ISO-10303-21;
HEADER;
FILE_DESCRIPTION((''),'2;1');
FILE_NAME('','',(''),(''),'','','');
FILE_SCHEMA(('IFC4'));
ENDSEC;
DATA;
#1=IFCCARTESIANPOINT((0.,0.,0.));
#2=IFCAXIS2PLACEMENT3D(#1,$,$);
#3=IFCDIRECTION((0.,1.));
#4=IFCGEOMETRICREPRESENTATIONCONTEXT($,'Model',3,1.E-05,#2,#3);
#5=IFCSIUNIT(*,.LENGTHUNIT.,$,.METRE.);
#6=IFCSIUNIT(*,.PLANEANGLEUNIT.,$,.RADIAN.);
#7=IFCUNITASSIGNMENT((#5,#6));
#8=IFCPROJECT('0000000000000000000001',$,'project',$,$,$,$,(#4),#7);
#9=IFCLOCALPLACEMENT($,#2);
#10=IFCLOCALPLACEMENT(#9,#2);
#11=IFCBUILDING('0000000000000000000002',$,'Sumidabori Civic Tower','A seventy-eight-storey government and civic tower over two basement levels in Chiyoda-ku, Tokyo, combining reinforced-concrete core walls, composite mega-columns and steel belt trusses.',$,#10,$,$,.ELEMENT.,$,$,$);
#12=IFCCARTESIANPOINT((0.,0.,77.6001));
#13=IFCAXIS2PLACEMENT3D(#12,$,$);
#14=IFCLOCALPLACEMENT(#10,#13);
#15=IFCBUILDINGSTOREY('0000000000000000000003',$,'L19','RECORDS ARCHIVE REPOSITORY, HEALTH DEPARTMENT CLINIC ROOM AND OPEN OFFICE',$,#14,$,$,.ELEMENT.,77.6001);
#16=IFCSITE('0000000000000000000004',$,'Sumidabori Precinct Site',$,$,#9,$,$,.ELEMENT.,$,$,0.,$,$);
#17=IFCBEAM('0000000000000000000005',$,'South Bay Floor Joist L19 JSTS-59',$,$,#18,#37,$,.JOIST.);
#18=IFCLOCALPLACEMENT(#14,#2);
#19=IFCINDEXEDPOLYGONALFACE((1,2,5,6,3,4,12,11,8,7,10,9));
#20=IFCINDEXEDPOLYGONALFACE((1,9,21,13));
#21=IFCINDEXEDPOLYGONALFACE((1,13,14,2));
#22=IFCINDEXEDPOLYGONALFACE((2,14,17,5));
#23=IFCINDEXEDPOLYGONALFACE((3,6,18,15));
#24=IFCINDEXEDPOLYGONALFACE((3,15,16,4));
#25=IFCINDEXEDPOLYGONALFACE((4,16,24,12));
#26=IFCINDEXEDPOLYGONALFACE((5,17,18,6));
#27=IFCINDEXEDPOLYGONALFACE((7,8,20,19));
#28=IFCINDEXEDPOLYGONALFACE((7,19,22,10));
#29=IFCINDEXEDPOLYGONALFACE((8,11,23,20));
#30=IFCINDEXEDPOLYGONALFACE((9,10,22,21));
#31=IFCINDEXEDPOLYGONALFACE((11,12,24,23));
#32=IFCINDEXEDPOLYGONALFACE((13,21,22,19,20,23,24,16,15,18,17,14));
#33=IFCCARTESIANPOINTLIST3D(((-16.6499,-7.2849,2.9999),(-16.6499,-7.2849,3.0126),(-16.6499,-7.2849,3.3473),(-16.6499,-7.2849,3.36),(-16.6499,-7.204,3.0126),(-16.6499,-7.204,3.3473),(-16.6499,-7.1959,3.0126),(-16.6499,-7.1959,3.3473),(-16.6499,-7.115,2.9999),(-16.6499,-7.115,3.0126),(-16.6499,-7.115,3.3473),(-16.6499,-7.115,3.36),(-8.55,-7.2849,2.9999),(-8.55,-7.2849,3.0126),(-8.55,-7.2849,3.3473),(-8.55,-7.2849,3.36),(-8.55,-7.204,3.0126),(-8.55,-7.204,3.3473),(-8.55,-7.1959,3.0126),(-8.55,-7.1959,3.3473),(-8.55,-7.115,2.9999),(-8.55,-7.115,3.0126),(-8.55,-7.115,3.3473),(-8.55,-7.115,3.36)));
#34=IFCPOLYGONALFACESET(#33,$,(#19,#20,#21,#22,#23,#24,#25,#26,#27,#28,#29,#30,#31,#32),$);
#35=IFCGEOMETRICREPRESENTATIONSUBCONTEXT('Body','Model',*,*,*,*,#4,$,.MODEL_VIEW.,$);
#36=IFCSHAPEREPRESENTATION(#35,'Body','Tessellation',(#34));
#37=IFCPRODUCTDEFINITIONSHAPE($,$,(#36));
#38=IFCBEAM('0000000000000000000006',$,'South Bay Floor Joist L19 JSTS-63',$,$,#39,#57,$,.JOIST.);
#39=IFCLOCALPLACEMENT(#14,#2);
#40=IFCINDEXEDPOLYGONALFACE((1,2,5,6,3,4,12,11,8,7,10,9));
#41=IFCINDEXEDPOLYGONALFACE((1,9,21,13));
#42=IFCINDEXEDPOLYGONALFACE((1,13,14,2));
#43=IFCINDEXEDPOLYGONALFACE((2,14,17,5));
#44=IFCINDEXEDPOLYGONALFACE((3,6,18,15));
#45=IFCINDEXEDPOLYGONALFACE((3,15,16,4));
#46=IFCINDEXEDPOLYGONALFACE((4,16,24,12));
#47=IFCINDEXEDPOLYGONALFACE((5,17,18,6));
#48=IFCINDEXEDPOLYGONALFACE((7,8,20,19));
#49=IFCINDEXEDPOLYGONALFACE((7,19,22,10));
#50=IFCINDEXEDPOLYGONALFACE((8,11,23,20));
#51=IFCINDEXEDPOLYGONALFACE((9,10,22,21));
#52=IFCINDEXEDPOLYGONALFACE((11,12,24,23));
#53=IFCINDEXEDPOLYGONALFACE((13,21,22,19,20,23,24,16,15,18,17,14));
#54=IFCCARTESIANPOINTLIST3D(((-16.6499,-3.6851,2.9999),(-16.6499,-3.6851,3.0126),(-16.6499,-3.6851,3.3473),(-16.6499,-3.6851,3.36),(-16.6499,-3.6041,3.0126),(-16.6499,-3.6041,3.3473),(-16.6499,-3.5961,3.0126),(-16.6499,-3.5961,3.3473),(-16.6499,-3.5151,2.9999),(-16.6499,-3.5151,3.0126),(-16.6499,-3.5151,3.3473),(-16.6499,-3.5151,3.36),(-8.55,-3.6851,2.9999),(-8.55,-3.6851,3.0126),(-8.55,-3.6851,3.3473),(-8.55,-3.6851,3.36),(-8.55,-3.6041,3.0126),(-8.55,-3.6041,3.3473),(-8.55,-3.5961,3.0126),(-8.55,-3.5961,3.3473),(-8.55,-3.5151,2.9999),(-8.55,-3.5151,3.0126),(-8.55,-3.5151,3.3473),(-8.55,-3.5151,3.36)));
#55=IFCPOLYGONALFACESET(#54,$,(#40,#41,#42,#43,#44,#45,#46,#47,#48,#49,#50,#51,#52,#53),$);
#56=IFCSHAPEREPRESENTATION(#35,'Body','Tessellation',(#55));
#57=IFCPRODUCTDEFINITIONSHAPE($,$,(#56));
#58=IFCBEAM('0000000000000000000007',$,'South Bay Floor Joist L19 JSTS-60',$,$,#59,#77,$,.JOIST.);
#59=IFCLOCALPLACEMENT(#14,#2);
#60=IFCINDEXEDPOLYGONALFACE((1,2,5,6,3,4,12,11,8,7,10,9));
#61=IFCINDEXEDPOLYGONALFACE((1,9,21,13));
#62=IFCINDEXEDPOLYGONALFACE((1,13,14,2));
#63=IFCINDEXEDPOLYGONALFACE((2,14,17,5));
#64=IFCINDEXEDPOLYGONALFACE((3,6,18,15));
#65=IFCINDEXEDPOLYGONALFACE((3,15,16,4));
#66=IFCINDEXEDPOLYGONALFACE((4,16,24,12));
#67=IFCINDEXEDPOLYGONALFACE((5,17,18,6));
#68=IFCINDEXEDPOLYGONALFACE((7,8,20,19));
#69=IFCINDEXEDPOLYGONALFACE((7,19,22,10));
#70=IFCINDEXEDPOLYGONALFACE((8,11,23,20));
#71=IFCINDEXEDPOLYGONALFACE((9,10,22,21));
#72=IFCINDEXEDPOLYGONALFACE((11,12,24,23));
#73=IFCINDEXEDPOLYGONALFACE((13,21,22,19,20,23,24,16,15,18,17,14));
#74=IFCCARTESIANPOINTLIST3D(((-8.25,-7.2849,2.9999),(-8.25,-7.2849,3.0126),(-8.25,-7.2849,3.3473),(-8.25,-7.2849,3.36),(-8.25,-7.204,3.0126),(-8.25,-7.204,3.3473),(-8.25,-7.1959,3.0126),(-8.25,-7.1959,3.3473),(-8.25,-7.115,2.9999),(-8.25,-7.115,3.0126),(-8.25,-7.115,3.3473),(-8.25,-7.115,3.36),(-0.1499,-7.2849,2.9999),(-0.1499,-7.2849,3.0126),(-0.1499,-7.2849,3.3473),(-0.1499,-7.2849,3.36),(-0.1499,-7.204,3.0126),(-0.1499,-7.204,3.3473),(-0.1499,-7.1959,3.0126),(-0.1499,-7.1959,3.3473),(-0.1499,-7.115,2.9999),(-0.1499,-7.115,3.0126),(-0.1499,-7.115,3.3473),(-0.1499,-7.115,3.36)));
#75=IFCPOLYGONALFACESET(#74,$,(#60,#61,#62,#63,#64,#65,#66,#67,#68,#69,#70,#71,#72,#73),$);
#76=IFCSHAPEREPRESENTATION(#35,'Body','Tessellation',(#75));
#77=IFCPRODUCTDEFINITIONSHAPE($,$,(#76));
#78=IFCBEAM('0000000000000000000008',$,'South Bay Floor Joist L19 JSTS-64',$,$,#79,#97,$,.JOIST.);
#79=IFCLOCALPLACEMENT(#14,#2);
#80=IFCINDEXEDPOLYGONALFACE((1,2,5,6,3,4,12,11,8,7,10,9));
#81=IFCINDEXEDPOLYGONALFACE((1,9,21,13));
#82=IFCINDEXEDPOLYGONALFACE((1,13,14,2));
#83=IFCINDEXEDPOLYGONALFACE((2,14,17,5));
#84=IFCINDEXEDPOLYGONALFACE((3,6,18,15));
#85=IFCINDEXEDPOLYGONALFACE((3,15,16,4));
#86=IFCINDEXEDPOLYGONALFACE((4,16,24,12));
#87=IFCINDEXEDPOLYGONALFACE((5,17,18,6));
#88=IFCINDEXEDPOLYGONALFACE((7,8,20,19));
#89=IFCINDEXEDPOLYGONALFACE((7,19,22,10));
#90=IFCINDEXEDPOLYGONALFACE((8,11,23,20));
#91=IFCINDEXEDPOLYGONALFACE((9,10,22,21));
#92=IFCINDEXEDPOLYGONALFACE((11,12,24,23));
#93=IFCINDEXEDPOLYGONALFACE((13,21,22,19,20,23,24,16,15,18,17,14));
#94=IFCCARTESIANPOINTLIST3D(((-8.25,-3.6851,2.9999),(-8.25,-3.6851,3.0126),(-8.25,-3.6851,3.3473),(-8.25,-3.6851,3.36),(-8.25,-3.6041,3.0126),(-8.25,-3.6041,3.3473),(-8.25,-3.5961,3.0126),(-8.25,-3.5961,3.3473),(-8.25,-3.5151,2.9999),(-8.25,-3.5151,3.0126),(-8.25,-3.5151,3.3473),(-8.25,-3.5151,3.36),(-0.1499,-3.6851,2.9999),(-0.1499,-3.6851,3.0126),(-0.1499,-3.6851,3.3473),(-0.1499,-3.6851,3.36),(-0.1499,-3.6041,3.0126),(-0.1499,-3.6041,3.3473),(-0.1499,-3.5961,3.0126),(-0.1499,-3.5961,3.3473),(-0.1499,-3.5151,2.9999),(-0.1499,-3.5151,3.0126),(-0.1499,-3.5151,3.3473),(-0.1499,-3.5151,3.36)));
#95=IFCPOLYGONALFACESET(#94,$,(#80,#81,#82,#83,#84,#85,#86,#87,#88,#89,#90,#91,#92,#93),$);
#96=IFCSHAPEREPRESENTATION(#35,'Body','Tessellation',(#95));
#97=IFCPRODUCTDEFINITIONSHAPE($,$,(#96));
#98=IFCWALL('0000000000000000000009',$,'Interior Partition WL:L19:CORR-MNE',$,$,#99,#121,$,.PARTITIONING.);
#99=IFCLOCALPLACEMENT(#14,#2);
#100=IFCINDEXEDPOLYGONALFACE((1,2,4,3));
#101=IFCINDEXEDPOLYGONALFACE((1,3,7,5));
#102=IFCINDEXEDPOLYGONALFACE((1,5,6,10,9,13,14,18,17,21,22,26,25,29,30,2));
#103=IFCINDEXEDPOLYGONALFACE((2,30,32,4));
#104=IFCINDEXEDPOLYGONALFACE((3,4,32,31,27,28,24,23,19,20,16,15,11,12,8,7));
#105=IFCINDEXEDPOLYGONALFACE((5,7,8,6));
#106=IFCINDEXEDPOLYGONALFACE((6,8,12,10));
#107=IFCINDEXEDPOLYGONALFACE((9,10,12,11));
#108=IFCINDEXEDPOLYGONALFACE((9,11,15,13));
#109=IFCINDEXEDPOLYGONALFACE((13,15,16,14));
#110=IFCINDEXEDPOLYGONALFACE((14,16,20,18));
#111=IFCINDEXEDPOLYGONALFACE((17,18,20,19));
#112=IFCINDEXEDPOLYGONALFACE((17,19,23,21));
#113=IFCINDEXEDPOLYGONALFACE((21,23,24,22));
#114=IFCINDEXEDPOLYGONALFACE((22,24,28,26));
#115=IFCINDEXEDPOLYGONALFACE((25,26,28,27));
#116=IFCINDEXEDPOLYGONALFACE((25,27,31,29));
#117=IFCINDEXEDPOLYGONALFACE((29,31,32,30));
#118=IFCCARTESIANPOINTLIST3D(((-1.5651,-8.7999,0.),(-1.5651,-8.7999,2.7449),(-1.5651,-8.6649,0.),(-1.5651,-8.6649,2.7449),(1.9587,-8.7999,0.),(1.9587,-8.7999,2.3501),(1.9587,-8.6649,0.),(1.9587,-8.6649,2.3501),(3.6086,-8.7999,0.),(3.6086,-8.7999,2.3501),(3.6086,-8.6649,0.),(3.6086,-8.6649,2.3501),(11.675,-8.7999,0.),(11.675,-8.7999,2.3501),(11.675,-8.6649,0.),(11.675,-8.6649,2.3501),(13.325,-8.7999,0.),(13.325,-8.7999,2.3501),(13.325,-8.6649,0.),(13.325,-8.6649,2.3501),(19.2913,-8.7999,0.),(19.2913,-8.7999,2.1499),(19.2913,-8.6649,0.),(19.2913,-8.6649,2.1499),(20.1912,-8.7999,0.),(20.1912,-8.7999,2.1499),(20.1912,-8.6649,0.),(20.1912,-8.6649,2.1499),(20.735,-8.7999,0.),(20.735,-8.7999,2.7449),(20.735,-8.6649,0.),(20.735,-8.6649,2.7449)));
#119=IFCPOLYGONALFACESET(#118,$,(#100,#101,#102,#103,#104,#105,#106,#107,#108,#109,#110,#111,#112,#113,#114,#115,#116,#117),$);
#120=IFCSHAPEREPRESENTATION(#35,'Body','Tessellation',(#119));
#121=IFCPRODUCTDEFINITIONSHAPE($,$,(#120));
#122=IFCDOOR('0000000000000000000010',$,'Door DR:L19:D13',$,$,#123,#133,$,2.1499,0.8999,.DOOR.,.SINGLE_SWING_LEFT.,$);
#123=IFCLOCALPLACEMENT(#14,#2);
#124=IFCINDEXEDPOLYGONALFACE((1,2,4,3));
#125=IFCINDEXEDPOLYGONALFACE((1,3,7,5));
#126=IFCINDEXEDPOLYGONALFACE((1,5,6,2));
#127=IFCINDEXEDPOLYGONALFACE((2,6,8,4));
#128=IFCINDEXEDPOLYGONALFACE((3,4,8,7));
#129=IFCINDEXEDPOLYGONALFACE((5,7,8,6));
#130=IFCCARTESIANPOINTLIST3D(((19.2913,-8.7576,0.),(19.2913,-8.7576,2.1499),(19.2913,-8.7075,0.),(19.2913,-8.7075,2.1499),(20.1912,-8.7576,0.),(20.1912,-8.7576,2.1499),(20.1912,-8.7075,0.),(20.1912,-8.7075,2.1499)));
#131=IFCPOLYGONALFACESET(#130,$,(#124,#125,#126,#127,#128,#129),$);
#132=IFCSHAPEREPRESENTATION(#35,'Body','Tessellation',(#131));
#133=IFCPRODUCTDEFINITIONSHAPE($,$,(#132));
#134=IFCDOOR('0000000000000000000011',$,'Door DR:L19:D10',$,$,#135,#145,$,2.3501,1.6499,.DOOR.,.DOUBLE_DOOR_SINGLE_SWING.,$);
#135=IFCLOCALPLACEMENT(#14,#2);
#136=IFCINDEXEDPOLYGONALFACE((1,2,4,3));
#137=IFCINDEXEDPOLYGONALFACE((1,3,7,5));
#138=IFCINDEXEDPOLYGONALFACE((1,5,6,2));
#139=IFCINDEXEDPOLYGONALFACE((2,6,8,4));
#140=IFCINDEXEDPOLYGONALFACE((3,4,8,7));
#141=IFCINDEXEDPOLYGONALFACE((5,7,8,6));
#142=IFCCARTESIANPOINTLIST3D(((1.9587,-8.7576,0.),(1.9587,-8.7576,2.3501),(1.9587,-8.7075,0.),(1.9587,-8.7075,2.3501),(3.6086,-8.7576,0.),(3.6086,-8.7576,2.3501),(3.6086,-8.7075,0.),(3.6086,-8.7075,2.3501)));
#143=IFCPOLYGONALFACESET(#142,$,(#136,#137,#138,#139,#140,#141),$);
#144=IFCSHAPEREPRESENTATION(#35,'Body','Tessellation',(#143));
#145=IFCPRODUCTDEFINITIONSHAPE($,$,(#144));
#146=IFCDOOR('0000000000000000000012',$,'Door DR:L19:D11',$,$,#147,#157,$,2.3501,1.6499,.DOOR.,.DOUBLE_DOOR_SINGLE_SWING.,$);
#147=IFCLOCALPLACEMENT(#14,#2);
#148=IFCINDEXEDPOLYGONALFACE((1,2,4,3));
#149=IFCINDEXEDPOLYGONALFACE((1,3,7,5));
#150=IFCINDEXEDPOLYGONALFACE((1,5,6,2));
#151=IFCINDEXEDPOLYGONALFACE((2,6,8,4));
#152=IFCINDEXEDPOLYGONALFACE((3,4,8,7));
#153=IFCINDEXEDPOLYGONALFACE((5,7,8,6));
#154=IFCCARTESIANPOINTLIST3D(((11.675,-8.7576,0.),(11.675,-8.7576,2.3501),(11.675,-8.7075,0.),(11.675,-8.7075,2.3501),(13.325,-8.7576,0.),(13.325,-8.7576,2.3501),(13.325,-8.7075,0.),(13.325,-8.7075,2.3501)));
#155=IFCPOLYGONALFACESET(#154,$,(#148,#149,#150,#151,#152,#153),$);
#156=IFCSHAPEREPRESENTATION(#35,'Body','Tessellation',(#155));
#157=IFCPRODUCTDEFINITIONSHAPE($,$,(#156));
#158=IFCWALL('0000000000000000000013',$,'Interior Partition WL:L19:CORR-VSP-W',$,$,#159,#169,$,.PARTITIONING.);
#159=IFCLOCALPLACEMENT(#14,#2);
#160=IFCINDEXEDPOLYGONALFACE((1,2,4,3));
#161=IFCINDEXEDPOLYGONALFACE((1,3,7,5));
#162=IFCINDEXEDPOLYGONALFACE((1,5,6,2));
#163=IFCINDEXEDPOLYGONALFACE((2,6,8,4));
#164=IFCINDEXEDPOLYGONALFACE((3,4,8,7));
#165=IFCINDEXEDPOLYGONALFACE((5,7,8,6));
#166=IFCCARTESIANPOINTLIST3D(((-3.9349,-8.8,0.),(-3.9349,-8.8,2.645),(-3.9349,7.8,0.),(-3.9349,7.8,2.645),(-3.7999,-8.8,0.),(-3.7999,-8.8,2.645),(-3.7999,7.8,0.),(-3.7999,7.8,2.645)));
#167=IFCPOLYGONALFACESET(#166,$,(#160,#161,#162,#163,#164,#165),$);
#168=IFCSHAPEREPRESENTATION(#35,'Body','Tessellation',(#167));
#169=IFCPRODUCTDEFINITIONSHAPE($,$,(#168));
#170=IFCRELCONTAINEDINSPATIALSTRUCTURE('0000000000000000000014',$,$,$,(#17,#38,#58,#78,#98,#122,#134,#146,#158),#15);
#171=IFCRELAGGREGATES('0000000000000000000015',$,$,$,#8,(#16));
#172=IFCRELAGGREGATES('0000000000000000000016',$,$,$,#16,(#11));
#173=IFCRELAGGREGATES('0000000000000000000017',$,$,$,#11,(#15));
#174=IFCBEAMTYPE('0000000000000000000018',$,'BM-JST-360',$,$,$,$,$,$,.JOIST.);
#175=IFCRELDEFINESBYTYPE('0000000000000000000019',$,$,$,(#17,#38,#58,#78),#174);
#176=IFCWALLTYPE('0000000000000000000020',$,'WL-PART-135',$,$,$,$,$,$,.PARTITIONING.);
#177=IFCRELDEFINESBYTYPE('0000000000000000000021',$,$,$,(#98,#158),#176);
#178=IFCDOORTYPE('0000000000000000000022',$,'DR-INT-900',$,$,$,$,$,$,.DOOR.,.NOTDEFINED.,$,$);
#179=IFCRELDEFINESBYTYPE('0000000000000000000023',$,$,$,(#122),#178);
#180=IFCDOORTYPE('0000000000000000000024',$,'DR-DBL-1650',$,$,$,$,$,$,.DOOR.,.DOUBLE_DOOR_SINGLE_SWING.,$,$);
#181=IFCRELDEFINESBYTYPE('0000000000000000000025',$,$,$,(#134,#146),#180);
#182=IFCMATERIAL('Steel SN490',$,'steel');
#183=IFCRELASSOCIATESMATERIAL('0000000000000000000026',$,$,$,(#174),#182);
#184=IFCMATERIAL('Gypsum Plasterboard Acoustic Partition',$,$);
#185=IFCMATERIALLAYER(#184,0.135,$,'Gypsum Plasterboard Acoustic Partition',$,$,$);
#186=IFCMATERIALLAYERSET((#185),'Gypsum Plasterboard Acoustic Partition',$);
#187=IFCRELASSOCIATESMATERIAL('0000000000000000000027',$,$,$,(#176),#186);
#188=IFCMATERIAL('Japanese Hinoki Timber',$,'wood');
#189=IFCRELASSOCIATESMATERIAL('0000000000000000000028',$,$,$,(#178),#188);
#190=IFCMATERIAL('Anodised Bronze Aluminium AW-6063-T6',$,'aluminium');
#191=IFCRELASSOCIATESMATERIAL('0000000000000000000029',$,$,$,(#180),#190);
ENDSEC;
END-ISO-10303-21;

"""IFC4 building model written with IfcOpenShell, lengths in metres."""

from ifc_helpers import new_model, si_unit, direction, frame, frame_2d, origin, origin_2d, place, context, subcontext, project, spatial, rectangle, i_section, extrude, source, transform, mapped, material, layer, layer_set, material_profile, profile_set, type_object, element, fill, save


model = new_model("IFC4")

# Units and contexts
model_context = context("Model", 3, precision=1e-05, world=origin(), true_north=direction((0.0, 1.0)))
body_context = subcontext(model_context, "Body", "Model", "MODEL_VIEW")
ifc_project = project(units=[si_unit("LENGTHUNIT", "METRE"), si_unit("PLANEANGLEUNIT", "RADIAN")], contexts=[model_context])

# Site, building, storey
site_placement = place(None, origin())
site = spatial("IfcSite", under=ifc_project, at=site_placement, Name="Sumidabori Precinct Site", CompositionType="ELEMENT", RefElevation=0.0)
building_placement = place(site_placement, origin())
building = spatial("IfcBuilding", under=site, at=building_placement, Name="Sumidabori Civic Tower", Description="A seventy-eight-storey government and civic tower over two basement levels in Chiyoda-ku, Tokyo, combining reinforced-concrete core walls, composite mega-columns and steel belt trusses.", CompositionType="ELEMENT")
storey_placement = place(building_placement, frame((0.0, 0.0, 77.6001)))
storey = spatial("IfcBuildingStorey", under=building, at=storey_placement, Name="L19", Description="RECORDS ARCHIVE REPOSITORY, HEALTH DEPARTMENT CLINIC ROOM AND OPEN OFFICE", CompositionType="ELEMENT", Elevation=77.6001)

# Beams
ifc_material_1 = material(Name="Steel SN490", Category="steel")
ifc_material_profile_1 = material_profile(ifc_material_1, i_section(OverallWidth=0.1699, OverallDepth=0.3601, WebThickness=0.0081, FlangeThickness=0.0127, at=origin_2d()), Name="IPE 360")
ifc_profile_set_1 = profile_set([ifc_material_profile_1], Name="Steel SN490")
beam_type_1 = type_object("IfcBeamType", Name="BM-JST-360", PredefinedType="JOIST", material=ifc_profile_set_1)
shared_shape_1 = source(origin(), body_context, "Body", "SweptSolid", [
    extrude(i_section(OverallWidth=0.1699, OverallDepth=0.3601, WebThickness=0.0081, FlangeThickness=0.0127, at=origin_2d()), origin(), (0.0, 0.0, 1.0), 8.0999),
])
for number, where, z_axis, x_axis, name in (
    (1, (-16.6499, -7.2, 3.1799), (1.0, 0.0, 0.0), (0.0, 1.0, 0.0), "South Bay Floor Joist L19 JSTS-59"),
    (2, (-16.6499, -3.6001, 3.1799), (1.0, 0.0, 0.0), (0.0, 1.0, 0.0), "South Bay Floor Joist L19 JSTS-63"),
):
    element("IfcBeam", number, at=place(storey_placement, frame(where, z_axis=z_axis, x_axis=x_axis)), inside=storey, type_object=beam_type_1, Name=name, PredefinedType="JOIST", context=body_context, shape_type="MappedRepresentation", body=[
        mapped(shared_shape_1, transform((0.0, 0.0, 0.0), x_axis=(1.0, 0.0, 0.0), y_axis=(0.0, 1.0, 0.0), z_axis=(0.0, 0.0, 1.0), scale=1.0)),
    ])
shared_shape_2 = source(origin(), body_context, "Body", "SweptSolid", [
    extrude(i_section(OverallWidth=0.1699, OverallDepth=0.3601, WebThickness=0.0081, FlangeThickness=0.0127, at=origin_2d()), origin(), (0.0, 0.0, 1.0), 8.1001),
])
for number, where, z_axis, x_axis, name in (
    (3, (-8.25, -7.2, 3.1799), (1.0, 0.0, 0.0), (0.0, 1.0, 0.0), "South Bay Floor Joist L19 JSTS-60"),
    (4, (-8.25, -3.6001, 3.1799), (1.0, 0.0, 0.0), (0.0, 1.0, 0.0), "South Bay Floor Joist L19 JSTS-64"),
):
    element("IfcBeam", number, at=place(storey_placement, frame(where, z_axis=z_axis, x_axis=x_axis)), inside=storey, type_object=beam_type_1, Name=name, PredefinedType="JOIST", context=body_context, shape_type="MappedRepresentation", body=[
        mapped(shared_shape_2, transform((0.0, 0.0, 0.0), x_axis=(1.0, 0.0, 0.0), y_axis=(0.0, 1.0, 0.0), z_axis=(0.0, 0.0, 1.0), scale=1.0)),
    ])

# Wall, openings, doors
ifc_material_2 = material(Name="Gypsum Plasterboard Acoustic Partition")
ifc_layer = layer(ifc_material_2, 0.135, Name="Gypsum Plasterboard Acoustic Partition")
ifc_layer_set = layer_set([ifc_layer], Name="Gypsum Plasterboard Acoustic Partition")
wall_type = type_object("IfcWallType", Name="WL-PART-135", PredefinedType="PARTITIONING", material=ifc_layer_set)
shared_shape_3 = source(origin(), body_context, "Body", "SweptSolid", [
    extrude(rectangle(XDim=22.3, YDim=0.135, at=frame_2d((11.1499, 0.0))), origin(), (0.0, 0.0, 1.0), 2.7449),
])
wall_1_placement = place(storey_placement, frame((-1.5649, -8.7324, 0.0), z_axis=(0.0, 0.0, 1.0), x_axis=(1.0, 0.0, 0.0)))
wall_1 = element("IfcWall", 5, at=wall_1_placement, inside=storey, type_object=wall_type, Name="Interior Partition WL:L19:CORR-MNE", PredefinedType="PARTITIONING", context=body_context, shape_type="MappedRepresentation", body=[
    mapped(shared_shape_3, transform((0.0, 0.0, 0.0), x_axis=(1.0, 0.0, 0.0), y_axis=(0.0, 1.0, 0.0), z_axis=(0.0, 0.0, 1.0), scale=1.0)),
])
opening_1_placement = place(wall_1_placement, frame((3.5237, 0.0, 0.0)))
opening_1 = element("IfcOpeningElement", 6, at=opening_1_placement, cuts=wall_1, PredefinedType="OPENING", context=body_context, shape_type="SweptSolid", body=[
    extrude(rectangle(XDim=1.6499, YDim=2.3501, at=frame_2d((0.825, 1.175))), frame((0.0, 0.0796, 0.0), z_axis=(0.0, -1.0, 0.0), x_axis=(1.0, 0.0, 0.0)), (0.0, 0.0, 1.0), 0.1589),
])
opening_2_placement = place(wall_1_placement, frame((13.24, 0.0, 0.0)))
opening_2 = element("IfcOpeningElement", 7, at=opening_2_placement, cuts=wall_1, PredefinedType="OPENING", context=body_context, shape_type="SweptSolid", body=[
    extrude(rectangle(XDim=1.6499, YDim=2.3501, at=frame_2d((0.825, 1.175))), frame((0.0, 0.0796, 0.0), z_axis=(0.0, -1.0, 0.0), x_axis=(1.0, 0.0, 0.0)), (0.0, 0.0, 1.0), 0.1589),
])
opening_3_placement = place(wall_1_placement, frame((20.8562, 0.0, 0.0)))
opening_3 = element("IfcOpeningElement", 8, at=opening_3_placement, cuts=wall_1, PredefinedType="OPENING", context=body_context, shape_type="SweptSolid", body=[
    extrude(rectangle(XDim=0.8999, YDim=2.1499, at=frame_2d((0.45, 1.075))), frame((0.0, 0.0796, 0.0), z_axis=(0.0, -1.0, 0.0), x_axis=(1.0, 0.0, 0.0)), (0.0, 0.0, 1.0), 0.1589),
])
ifc_material_3 = material(Name="Japanese Hinoki Timber", Category="wood")
door_type_1 = type_object("IfcDoorType", Name="DR-INT-900", OperationType="NOTDEFINED", PredefinedType="DOOR", material=ifc_material_3)
shared_shape_4 = source(origin(), body_context, "Body", "SweptSolid", [
    extrude(rectangle(XDim=0.8999, YDim=2.1499, at=frame_2d((0.45, 1.075))), frame((0.0, 0.0249, 0.0), z_axis=(0.0, -1.0, 0.0), x_axis=(1.0, 0.0, 0.0)), (0.0, 0.0, 1.0), 0.05),
])
door_1_placement = place(opening_3_placement, origin())
door_1 = element("IfcDoor", 9, at=door_1_placement, inside=storey, type_object=door_type_1, Name="Door DR:L19:D13", OperationType="SINGLE_SWING_LEFT", OverallHeight=2.1499, OverallWidth=0.8999, PredefinedType="DOOR", context=body_context, shape_type="MappedRepresentation", body=[
    mapped(shared_shape_4, transform((0.0, 0.0, 0.0), x_axis=(1.0, 0.0, 0.0), y_axis=(0.0, 1.0, 0.0), z_axis=(0.0, 0.0, 1.0), scale=1.0)),
])
fill(opening_3, door_1)
ifc_material_4 = material(Name="Anodised Bronze Aluminium AW-6063-T6", Category="aluminium")
door_type_2 = type_object("IfcDoorType", Name="DR-DBL-1650", OperationType="DOUBLE_DOOR_SINGLE_SWING", PredefinedType="DOOR", material=ifc_material_4)
shared_shape_5 = source(origin(), body_context, "Body", "SweptSolid", [
    extrude(rectangle(XDim=1.6499, YDim=2.3501, at=frame_2d((0.825, 1.175))), frame((0.0, 0.0249, 0.0), z_axis=(0.0, -1.0, 0.0), x_axis=(1.0, 0.0, 0.0)), (0.0, 0.0, 1.0), 0.05),
])
door_2_placement = place(opening_1_placement, origin())
door_2 = element("IfcDoor", 10, at=door_2_placement, inside=storey, type_object=door_type_2, Name="Door DR:L19:D10", OperationType="DOUBLE_DOOR_SINGLE_SWING", OverallHeight=2.3501, OverallWidth=1.6499, PredefinedType="DOOR", context=body_context, shape_type="MappedRepresentation", body=[
    mapped(shared_shape_5, transform((0.0, 0.0, 0.0), x_axis=(1.0, 0.0, 0.0), y_axis=(0.0, 1.0, 0.0), z_axis=(0.0, 0.0, 1.0), scale=1.0)),
])
fill(opening_1, door_2)
door_3_placement = place(opening_2_placement, origin())
door_3 = element("IfcDoor", 11, at=door_3_placement, inside=storey, type_object=door_type_2, Name="Door DR:L19:D11", OperationType="DOUBLE_DOOR_SINGLE_SWING", OverallHeight=2.3501, OverallWidth=1.6499, PredefinedType="DOOR", context=body_context, shape_type="MappedRepresentation", body=[
    mapped(shared_shape_5, transform((0.0, 0.0, 0.0), x_axis=(1.0, 0.0, 0.0), y_axis=(0.0, 1.0, 0.0), z_axis=(0.0, 0.0, 1.0), scale=1.0)),
])
fill(opening_2, door_3)

# Wall
shared_shape_6 = source(origin(), body_context, "Body", "SweptSolid", [
    extrude(rectangle(XDim=16.6001, YDim=0.135, at=frame_2d((8.3, 0.0))), origin(), (0.0, 0.0, 1.0), 2.645),
])
for number, where, z_axis, x_axis, name in (
    (12, (-3.8674, -8.8, 0.0), (0.0, 0.0, 1.0), (0.0, 1.0, 0.0), "Interior Partition WL:L19:CORR-VSP-W"),
):
    element("IfcWall", number, at=place(storey_placement, frame(where, z_axis=z_axis, x_axis=x_axis)), inside=storey, type_object=wall_type, Name=name, PredefinedType="PARTITIONING", context=body_context, shape_type="MappedRepresentation", body=[
        mapped(shared_shape_6, transform((0.0, 0.0, 0.0), x_axis=(1.0, 0.0, 0.0), y_axis=(0.0, 1.0, 0.0), z_axis=(0.0, 0.0, 1.0), scale=1.0)),
    ])

save(model, "model.ifc")
